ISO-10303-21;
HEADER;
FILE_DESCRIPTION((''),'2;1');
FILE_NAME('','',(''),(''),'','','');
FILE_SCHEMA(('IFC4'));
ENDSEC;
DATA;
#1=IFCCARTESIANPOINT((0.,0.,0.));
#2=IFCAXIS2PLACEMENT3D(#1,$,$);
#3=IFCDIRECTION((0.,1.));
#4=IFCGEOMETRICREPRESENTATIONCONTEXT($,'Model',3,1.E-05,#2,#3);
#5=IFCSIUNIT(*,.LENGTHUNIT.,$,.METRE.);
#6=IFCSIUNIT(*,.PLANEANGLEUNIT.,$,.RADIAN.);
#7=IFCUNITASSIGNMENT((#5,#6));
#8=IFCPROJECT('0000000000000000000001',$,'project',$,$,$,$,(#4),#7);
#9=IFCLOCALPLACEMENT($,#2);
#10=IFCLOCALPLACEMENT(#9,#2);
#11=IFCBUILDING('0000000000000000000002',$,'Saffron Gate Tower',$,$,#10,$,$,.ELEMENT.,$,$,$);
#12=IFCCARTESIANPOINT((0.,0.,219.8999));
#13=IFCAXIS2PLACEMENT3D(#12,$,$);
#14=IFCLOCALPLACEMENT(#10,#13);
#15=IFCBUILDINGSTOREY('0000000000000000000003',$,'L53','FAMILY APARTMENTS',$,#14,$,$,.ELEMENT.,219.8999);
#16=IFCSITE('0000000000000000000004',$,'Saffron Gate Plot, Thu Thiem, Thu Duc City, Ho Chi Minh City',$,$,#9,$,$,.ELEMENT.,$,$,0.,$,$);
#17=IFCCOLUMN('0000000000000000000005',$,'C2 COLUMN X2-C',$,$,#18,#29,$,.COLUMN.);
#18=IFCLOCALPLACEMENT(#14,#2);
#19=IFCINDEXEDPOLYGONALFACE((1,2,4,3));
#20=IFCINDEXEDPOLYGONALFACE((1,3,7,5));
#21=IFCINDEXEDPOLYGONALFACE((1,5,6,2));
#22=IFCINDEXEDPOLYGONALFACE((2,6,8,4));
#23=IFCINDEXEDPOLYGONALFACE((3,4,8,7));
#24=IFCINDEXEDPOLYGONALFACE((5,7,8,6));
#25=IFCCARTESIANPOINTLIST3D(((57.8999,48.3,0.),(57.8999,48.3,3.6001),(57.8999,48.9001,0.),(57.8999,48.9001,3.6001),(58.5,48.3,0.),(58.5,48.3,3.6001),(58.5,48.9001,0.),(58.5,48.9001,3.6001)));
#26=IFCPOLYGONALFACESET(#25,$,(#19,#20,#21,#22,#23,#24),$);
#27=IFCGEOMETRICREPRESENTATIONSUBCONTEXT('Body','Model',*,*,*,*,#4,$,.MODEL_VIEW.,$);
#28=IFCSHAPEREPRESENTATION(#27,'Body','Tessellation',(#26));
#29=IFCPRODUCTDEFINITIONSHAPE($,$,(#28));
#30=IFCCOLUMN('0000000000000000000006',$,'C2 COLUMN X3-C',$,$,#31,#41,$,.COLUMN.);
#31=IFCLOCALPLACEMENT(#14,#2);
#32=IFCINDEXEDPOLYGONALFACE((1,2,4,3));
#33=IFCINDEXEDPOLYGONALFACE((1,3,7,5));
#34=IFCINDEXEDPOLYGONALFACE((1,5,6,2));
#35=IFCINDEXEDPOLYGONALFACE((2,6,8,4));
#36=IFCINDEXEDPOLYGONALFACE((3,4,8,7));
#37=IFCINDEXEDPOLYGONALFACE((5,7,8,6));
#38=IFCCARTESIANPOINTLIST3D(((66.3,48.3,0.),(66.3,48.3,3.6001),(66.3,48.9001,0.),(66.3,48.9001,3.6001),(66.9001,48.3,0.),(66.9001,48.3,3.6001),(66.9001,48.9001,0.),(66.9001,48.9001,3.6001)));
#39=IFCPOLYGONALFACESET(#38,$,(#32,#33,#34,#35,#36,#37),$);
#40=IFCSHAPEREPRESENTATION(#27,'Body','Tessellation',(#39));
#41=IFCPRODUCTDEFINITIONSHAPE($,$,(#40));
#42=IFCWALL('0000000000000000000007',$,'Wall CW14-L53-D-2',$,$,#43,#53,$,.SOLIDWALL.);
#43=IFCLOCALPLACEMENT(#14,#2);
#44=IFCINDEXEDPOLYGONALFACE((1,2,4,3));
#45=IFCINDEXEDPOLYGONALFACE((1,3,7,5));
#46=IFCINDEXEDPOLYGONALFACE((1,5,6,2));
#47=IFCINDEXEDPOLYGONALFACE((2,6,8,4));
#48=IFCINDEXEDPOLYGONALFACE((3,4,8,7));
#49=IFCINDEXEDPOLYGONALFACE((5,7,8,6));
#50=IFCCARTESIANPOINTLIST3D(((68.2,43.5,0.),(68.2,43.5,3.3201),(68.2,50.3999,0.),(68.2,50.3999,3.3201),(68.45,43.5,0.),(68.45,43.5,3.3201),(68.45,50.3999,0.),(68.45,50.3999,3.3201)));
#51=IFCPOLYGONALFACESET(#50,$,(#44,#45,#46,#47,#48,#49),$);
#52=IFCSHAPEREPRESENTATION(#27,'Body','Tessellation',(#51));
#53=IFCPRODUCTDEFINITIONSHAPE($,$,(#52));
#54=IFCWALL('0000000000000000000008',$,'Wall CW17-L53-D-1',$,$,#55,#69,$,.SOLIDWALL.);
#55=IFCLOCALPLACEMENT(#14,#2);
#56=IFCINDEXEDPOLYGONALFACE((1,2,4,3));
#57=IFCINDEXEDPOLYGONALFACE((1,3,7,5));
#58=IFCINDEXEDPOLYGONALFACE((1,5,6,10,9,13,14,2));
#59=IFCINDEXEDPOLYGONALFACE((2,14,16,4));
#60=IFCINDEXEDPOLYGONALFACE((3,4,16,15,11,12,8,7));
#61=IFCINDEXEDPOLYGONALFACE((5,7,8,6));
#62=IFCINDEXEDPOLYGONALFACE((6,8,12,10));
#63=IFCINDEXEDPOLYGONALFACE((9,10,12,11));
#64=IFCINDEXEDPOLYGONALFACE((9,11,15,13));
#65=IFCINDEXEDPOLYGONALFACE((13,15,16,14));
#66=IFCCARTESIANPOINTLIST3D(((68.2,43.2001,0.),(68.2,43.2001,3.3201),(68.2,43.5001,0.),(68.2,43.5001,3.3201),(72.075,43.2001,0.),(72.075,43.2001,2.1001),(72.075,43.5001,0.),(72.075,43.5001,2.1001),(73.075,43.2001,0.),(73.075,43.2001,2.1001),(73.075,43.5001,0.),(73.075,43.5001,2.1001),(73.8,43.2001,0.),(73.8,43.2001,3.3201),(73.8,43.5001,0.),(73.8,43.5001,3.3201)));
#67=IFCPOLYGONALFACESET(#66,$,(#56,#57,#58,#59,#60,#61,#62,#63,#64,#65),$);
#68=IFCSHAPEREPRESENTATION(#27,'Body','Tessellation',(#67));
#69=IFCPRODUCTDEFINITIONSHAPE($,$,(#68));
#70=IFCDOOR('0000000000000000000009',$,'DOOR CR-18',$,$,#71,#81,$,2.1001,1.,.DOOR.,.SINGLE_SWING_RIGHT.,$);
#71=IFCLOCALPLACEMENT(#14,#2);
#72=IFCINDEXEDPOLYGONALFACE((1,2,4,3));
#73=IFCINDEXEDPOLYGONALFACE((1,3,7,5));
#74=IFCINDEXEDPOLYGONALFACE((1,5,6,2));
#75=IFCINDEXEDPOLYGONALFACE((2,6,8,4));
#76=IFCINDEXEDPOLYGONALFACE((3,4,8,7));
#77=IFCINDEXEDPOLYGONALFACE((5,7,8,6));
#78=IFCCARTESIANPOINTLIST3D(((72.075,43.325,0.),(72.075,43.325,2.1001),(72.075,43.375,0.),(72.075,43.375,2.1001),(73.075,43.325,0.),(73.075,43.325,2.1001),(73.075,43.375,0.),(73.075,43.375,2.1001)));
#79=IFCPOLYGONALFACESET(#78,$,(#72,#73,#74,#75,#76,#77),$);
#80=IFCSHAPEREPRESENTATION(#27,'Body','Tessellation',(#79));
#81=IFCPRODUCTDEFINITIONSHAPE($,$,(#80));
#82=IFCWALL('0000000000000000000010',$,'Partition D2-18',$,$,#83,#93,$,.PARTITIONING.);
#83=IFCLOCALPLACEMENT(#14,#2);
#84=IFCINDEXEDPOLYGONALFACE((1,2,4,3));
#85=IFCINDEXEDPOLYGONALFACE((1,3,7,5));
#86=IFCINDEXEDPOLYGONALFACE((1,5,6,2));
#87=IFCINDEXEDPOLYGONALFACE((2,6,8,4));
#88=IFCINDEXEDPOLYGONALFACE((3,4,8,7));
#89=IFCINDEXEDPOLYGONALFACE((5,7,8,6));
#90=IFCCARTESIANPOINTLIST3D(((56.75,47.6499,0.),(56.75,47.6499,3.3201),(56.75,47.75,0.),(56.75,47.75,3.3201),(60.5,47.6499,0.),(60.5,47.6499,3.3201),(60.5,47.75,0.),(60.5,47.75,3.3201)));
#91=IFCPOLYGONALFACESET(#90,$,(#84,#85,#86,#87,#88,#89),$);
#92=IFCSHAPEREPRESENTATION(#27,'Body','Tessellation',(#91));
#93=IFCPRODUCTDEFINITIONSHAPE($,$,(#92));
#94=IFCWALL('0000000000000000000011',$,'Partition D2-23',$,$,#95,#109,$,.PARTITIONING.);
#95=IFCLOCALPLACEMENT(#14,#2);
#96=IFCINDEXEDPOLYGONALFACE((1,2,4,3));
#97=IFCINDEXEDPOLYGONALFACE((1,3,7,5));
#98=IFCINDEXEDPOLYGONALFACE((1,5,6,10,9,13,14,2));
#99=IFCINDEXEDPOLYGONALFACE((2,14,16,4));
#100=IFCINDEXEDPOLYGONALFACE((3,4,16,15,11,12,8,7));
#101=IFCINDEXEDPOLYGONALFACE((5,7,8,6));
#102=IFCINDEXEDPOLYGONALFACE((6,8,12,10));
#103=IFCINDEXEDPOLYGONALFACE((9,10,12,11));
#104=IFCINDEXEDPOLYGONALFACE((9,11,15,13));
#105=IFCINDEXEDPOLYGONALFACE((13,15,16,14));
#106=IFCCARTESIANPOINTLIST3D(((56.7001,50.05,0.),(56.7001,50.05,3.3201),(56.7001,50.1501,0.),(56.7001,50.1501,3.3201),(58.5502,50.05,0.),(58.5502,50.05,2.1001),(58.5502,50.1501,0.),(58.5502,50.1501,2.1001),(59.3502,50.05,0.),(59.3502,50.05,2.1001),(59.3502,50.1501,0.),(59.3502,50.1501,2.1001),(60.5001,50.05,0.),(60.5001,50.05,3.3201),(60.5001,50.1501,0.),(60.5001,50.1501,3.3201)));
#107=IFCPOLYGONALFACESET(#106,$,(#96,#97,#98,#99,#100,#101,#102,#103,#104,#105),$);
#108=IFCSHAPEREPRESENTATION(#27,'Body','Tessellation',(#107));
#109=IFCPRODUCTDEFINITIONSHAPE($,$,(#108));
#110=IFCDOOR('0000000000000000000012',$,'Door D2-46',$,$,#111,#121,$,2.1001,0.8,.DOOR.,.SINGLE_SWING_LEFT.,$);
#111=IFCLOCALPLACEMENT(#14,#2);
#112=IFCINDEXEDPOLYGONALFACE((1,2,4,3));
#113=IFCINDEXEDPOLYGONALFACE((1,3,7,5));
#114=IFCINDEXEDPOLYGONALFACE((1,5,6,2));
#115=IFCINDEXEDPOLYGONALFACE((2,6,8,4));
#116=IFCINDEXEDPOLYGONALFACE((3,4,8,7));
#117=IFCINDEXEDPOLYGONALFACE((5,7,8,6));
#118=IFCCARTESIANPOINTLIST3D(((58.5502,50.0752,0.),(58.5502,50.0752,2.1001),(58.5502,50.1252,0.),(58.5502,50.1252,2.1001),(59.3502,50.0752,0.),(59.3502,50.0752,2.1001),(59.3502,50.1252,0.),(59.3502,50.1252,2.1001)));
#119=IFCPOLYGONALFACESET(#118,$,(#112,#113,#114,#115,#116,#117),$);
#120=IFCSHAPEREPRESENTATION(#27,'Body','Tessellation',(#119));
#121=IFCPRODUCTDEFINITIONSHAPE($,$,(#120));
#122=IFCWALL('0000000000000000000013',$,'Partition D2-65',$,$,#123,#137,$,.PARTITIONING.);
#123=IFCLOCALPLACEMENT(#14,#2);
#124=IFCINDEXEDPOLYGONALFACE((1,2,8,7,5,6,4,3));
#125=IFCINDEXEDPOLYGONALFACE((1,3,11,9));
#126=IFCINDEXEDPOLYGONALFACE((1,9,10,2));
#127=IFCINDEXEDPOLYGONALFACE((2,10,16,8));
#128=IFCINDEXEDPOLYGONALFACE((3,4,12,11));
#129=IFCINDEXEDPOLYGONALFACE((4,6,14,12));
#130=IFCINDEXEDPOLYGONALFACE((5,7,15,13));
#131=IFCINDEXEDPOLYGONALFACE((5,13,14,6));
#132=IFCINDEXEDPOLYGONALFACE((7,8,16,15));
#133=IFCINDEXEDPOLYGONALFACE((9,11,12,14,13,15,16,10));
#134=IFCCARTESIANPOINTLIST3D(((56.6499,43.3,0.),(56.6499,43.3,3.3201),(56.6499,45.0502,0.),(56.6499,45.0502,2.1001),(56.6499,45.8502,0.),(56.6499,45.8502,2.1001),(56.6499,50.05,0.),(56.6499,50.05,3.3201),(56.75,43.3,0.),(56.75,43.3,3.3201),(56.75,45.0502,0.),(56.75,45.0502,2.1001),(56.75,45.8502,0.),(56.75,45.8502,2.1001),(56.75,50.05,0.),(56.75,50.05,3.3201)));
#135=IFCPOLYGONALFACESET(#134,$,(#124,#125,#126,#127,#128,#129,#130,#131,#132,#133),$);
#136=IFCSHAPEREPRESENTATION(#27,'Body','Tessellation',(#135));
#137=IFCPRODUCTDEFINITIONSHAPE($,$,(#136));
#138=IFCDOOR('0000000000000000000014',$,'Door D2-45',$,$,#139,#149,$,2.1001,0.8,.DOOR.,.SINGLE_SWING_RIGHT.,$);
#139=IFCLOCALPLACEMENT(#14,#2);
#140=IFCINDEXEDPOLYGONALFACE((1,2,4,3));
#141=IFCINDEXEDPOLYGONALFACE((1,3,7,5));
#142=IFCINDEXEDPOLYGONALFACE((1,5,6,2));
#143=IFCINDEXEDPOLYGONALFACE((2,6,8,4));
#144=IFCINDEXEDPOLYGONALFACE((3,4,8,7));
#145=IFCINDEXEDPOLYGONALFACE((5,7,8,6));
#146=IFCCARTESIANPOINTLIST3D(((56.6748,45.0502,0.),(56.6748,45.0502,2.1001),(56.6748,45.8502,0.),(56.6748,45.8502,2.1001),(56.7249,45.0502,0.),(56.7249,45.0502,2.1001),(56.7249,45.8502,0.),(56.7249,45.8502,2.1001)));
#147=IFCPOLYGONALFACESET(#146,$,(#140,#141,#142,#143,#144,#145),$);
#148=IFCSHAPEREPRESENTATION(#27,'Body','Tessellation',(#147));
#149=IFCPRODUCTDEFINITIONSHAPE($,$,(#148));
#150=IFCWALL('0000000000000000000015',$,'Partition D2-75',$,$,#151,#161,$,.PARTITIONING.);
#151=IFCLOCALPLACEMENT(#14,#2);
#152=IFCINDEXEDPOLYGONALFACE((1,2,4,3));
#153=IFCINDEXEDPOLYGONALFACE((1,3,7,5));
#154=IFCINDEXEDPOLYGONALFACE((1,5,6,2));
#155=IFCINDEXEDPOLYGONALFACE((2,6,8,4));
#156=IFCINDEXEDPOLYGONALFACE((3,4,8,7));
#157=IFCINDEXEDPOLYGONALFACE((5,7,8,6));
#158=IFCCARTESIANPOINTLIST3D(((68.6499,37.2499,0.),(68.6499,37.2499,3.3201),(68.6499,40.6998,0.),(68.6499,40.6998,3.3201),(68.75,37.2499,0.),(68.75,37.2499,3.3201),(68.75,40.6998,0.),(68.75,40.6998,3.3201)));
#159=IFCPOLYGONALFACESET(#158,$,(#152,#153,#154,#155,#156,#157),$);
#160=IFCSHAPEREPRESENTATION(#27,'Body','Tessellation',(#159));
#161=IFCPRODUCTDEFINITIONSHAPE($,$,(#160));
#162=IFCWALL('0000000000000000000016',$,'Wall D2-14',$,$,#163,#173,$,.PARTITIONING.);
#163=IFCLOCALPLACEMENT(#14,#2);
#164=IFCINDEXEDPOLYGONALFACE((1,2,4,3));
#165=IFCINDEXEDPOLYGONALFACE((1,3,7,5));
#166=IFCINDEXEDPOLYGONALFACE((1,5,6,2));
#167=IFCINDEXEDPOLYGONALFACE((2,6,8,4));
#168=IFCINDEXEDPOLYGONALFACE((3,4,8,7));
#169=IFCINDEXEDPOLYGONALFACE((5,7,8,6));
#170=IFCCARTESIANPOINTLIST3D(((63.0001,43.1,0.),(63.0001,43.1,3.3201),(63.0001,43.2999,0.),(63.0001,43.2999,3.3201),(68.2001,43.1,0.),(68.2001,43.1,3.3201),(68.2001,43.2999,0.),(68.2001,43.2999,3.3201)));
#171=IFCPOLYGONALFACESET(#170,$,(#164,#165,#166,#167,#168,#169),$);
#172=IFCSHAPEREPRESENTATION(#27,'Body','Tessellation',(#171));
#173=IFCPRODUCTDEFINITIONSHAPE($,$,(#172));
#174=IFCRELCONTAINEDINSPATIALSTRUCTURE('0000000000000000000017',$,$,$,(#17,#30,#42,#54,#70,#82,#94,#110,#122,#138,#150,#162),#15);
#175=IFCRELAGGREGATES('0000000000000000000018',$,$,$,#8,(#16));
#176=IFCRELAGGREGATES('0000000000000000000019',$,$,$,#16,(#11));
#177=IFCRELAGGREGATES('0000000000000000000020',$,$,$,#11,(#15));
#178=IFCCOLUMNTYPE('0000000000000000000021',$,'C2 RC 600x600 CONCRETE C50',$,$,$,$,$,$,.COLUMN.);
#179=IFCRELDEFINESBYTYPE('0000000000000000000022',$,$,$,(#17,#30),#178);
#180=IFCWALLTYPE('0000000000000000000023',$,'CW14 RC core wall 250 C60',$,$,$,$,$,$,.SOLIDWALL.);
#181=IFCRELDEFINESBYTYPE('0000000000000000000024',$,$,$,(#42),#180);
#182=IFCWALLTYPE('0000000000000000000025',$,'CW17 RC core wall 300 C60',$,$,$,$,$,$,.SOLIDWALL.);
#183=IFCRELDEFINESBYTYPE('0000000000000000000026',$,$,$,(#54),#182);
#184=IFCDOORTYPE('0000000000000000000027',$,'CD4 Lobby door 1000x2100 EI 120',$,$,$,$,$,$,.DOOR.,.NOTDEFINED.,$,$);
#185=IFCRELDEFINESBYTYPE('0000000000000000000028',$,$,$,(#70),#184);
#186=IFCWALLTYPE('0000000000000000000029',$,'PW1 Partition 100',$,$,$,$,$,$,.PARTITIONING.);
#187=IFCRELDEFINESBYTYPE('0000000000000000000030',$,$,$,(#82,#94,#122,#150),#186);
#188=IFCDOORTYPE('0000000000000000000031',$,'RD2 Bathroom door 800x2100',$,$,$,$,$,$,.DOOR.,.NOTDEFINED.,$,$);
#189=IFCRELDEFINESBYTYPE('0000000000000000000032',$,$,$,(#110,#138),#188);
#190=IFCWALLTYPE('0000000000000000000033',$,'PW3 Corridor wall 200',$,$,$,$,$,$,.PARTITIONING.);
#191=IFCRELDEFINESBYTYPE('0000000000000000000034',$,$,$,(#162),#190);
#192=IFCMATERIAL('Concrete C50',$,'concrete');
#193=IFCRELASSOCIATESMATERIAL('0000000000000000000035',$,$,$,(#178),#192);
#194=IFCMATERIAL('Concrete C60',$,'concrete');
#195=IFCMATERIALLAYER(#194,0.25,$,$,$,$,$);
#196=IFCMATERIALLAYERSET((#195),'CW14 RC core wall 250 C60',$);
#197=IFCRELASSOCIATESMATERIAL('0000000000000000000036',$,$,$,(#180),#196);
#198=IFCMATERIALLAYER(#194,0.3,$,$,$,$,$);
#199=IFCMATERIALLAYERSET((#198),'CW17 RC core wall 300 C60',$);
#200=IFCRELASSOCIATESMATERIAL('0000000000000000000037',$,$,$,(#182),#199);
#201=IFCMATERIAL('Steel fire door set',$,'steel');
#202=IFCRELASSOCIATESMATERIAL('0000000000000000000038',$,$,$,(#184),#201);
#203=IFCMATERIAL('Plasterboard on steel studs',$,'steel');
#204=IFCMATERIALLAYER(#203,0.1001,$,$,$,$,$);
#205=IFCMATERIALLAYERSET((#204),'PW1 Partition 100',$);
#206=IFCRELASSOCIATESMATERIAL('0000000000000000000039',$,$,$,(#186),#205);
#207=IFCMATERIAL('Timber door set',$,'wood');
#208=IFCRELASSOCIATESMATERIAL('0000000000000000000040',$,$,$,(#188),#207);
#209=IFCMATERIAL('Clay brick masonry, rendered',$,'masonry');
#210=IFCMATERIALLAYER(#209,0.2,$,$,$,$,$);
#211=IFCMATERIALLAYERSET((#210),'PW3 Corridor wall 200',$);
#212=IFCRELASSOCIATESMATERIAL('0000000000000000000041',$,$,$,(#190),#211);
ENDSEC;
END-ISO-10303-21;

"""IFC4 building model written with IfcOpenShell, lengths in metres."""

from ifc_helpers import new_model, si_unit, direction, frame, frame_2d, origin, origin_2d, place, context, subcontext, project, spatial, rectangle, extrude, material, layer, layer_set, material_profile, profile_set, type_object, element, fill, save


model = new_model("IFC4")

# Units and contexts
model_context = context("Model", 3, precision=1e-05, world=origin(), true_north=direction((0.0, 1.0)))
body_context = subcontext(model_context, "Body", "Model", "MODEL_VIEW")
ifc_project = project(units=[si_unit("LENGTHUNIT", "METRE"), si_unit("PLANEANGLEUNIT", "RADIAN")], contexts=[model_context])

# Site, building, storey
site_placement = place(None, origin())
site = spatial("IfcSite", under=ifc_project, at=site_placement, Name="Saffron Gate Plot, Thu Thiem, Thu Duc City, Ho Chi Minh City", CompositionType="ELEMENT", RefElevation=0.0)
building_placement = place(site_placement, origin())
building = spatial("IfcBuilding", under=site, at=building_placement, Name="Saffron Gate Tower", CompositionType="ELEMENT")
storey_placement = place(building_placement, frame((0.0, 0.0, 219.8999)))
storey = spatial("IfcBuildingStorey", under=building, at=storey_placement, Name="L53", Description="FAMILY APARTMENTS", CompositionType="ELEMENT", Elevation=219.8999)

# Columns
ifc_material_1 = material(Name="Concrete C50", Category="concrete")
ifc_material_profile = material_profile(ifc_material_1, rectangle(XDim=0.6001, YDim=0.6001, at=origin_2d()))
ifc_profile_set = profile_set([ifc_material_profile], Name="Concrete C50")
column_type = type_object("IfcColumnType", Name="C2 RC 600x600 CONCRETE C50", PredefinedType="COLUMN", material=ifc_profile_set)
for number, where, z_axis, x_axis, name in (
    (1, (58.2, 48.6001, 0.0), (0.0, 0.0, 1.0), (1.0, 0.0, 0.0), "C2 COLUMN X2-C"),
    (2, (66.6001, 48.6001, 0.0), (0.0, 0.0, 1.0), (1.0, 0.0, 0.0), "C2 COLUMN X3-C"),
):
    element("IfcColumn", number, at=place(storey_placement, frame(where, z_axis=z_axis, x_axis=x_axis)), inside=storey, type_object=column_type, Name=name, PredefinedType="COLUMN", context=body_context, shape_type="SweptSolid", body=[
        extrude(rectangle(XDim=0.6001, YDim=0.6001, at=origin_2d()), origin(), (0.0, 0.0, 1.0), 3.6001),
    ])

# Wall
ifc_material_2 = material(Name="Concrete C60", Category="concrete")
ifc_layer_1 = layer(ifc_material_2, 0.25)
ifc_layer_set_1 = layer_set([ifc_layer_1], Name="CW14 RC core wall 250 C60")
wall_type_1 = type_object("IfcWallType", Name="CW14 RC core wall 250 C60", PredefinedType="SOLIDWALL", material=ifc_layer_set_1)
wall_1_placement = place(storey_placement, frame((68.325, 43.5, 0.0), z_axis=(0.0, 0.0, 1.0), x_axis=(0.0, 1.0, 0.0)))
element("IfcWall", 3, at=wall_1_placement, inside=storey, type_object=wall_type_1, Name="Wall CW14-L53-D-2", PredefinedType="SOLIDWALL", context=body_context, shape_type="SweptSolid", body=[
    extrude(rectangle(XDim=6.8999, YDim=0.25, at=frame_2d((3.45, 0.0))), origin(), (0.0, 0.0, 1.0), 3.3201),
])

# Wall, opening, door
ifc_layer_2 = layer(ifc_material_2, 0.3)
ifc_layer_set_2 = layer_set([ifc_layer_2], Name="CW17 RC core wall 300 C60")
wall_type_2 = type_object("IfcWallType", Name="CW17 RC core wall 300 C60", PredefinedType="SOLIDWALL", material=ifc_layer_set_2)
wall_2_placement = place(storey_placement, frame((68.2, 43.3501, 0.0), z_axis=(0.0, 0.0, 1.0), x_axis=(1.0, 0.0, 0.0)))
wall_2 = element("IfcWall", 4, at=wall_2_placement, inside=storey, type_object=wall_type_2, Name="Wall CW17-L53-D-1", PredefinedType="SOLIDWALL", context=body_context, shape_type="SweptSolid", body=[
    extrude(rectangle(XDim=5.6001, YDim=0.3, at=frame_2d((2.8, 0.0))), origin(), (0.0, 0.0, 1.0), 3.3201),
])
opening_1_placement = place(wall_2_placement, frame((3.875, 0.0, 0.0)))
opening_1 = element("IfcOpeningElement", 5, at=opening_1_placement, cuts=wall_2, PredefinedType="OPENING", context=body_context, shape_type="SweptSolid", body=[
    extrude(rectangle(XDim=1.0, YDim=2.1001, at=frame_2d((0.5, 1.05))), frame((0.0, 0.1602, 0.0), z_axis=(0.0, -1.0, 0.0), x_axis=(1.0, 0.0, 0.0)), (0.0, 0.0, 1.0), 0.3201),
])
ifc_material_3 = material(Name="Steel fire door set", Category="steel")
door_type_1 = type_object("IfcDoorType", Name="CD4 Lobby door 1000x2100 EI 120", OperationType="NOTDEFINED", PredefinedType="DOOR", material=ifc_material_3)
door_1_placement = place(opening_1_placement, origin())
door_1 = element("IfcDoor", 6, at=door_1_placement, inside=storey, type_object=door_type_1, Name="DOOR CR-18", OperationType="SINGLE_SWING_RIGHT", OverallHeight=2.1001, OverallWidth=1.0, PredefinedType="DOOR", context=body_context, shape_type="SweptSolid", body=[
    extrude(rectangle(XDim=1.0, YDim=2.1001, at=frame_2d((0.5, 1.05))), frame((0.0, 0.0249, 0.0), z_axis=(0.0, -1.0, 0.0), x_axis=(1.0, 0.0, 0.0)), (0.0, 0.0, 1.0), 0.05),
])
fill(opening_1, door_1)

# Wall
ifc_material_4 = material(Name="Plasterboard on steel studs", Category="steel")
ifc_layer_3 = layer(ifc_material_4, 0.1001)
ifc_layer_set_3 = layer_set([ifc_layer_3], Name="PW1 Partition 100")
wall_type_3 = type_object("IfcWallType", Name="PW1 Partition 100", PredefinedType="PARTITIONING", material=ifc_layer_set_3)
wall_3_placement = place(storey_placement, frame((56.75, 47.7, 0.0), z_axis=(0.0, 0.0, 1.0), x_axis=(1.0, 0.0, 0.0)))
element("IfcWall", 7, at=wall_3_placement, inside=storey, type_object=wall_type_3, Name="Partition D2-18", PredefinedType="PARTITIONING", context=body_context, shape_type="SweptSolid", body=[
    extrude(rectangle(XDim=3.75, YDim=0.1001, at=frame_2d((1.875, 0.0))), origin(), (0.0, 0.0, 1.0), 3.3201),
])

# Walls, openings, doors
wall_4_placement = place(storey_placement, frame((60.5, 50.1001, 0.0), z_axis=(0.0, 0.0, 1.0), x_axis=(-1.0, 0.0, 0.0)))
wall_4 = element("IfcWall", 8, at=wall_4_placement, inside=storey, type_object=wall_type_3, Name="Partition D2-23", PredefinedType="PARTITIONING", context=body_context, shape_type="SweptSolid", body=[
    extrude(rectangle(XDim=3.8, YDim=0.1001, at=frame_2d((1.8999, 0.0))), origin(), (0.0, 0.0, 1.0), 3.3201),
])
opening_2_placement = place(wall_4_placement, frame((1.1499, 0.0, 0.0)))
opening_2 = element("IfcOpeningElement", 9, at=opening_2_placement, cuts=wall_4, PredefinedType="OPENING", context=body_context, shape_type="SweptSolid", body=[
    extrude(rectangle(XDim=0.8, YDim=2.1001, at=frame_2d((0.3999, 1.05))), frame((0.0, 0.0601, 0.0), z_axis=(0.0, -1.0, 0.0), x_axis=(1.0, 0.0, 0.0)), (0.0, 0.0, 1.0), 0.1201),
])
ifc_material_5 = material(Name="Timber door set", Category="wood")
door_type_2 = type_object("IfcDoorType", Name="RD2 Bathroom door 800x2100", OperationType="NOTDEFINED", PredefinedType="DOOR", material=ifc_material_5)
door_2_placement = place(opening_2_placement, origin())
door_2 = element("IfcDoor", 10, at=door_2_placement, inside=storey, type_object=door_type_2, Name="Door D2-46", OperationType="SINGLE_SWING_LEFT", OverallHeight=2.1001, OverallWidth=0.8, PredefinedType="DOOR", context=body_context, shape_type="SweptSolid", body=[
    extrude(rectangle(XDim=0.8, YDim=2.1001, at=frame_2d((0.3999, 1.05))), frame((0.0, 0.0249, 0.0), z_axis=(0.0, -1.0, 0.0), x_axis=(1.0, 0.0, 0.0)), (0.0, 0.0, 1.0), 0.05),
])
fill(opening_2, door_2)
wall_5_placement = place(storey_placement, frame((56.7, 50.05, 0.0), z_axis=(0.0, 0.0, 1.0), x_axis=(0.0, -1.0, 0.0)))
wall_5 = element("IfcWall", 11, at=wall_5_placement, inside=storey, type_object=wall_type_3, Name="Partition D2-65", PredefinedType="PARTITIONING", context=body_context, shape_type="SweptSolid", body=[
    extrude(rectangle(XDim=6.75, YDim=0.1001, at=frame_2d((3.375, 0.0))), origin(), (0.0, 0.0, 1.0), 3.3201),
])
opening_3_placement = place(wall_5_placement, frame((4.2, 0.0, 0.0)))
opening_3 = element("IfcOpeningElement", 12, at=opening_3_placement, cuts=wall_5, PredefinedType="OPENING", context=body_context, shape_type="SweptSolid", body=[
    extrude(rectangle(XDim=0.8, YDim=2.1001, at=frame_2d((0.3999, 1.05))), frame((0.0, 0.0601, 0.0), z_axis=(0.0, -1.0, 0.0), x_axis=(1.0, 0.0, 0.0)), (0.0, 0.0, 1.0), 0.1201),
])
door_3_placement = place(opening_3_placement, origin())
door_3 = element("IfcDoor", 13, at=door_3_placement, inside=storey, type_object=door_type_2, Name="Door D2-45", OperationType="SINGLE_SWING_RIGHT", OverallHeight=2.1001, OverallWidth=0.8, PredefinedType="DOOR", context=body_context, shape_type="SweptSolid", body=[
    extrude(rectangle(XDim=0.8, YDim=2.1001, at=frame_2d((0.3999, 1.05))), frame((0.0, 0.0249, 0.0), z_axis=(0.0, -1.0, 0.0), x_axis=(1.0, 0.0, 0.0)), (0.0, 0.0, 1.0), 0.05),
])
fill(opening_3, door_3)

# Walls
wall_6_placement = place(storey_placement, frame((68.7, 40.7, 0.0), z_axis=(0.0, 0.0, 1.0), x_axis=(0.0, -1.0, 0.0)))
element("IfcWall", 14, at=wall_6_placement, inside=storey, type_object=wall_type_3, Name="Partition D2-75", PredefinedType="PARTITIONING", context=body_context, shape_type="SweptSolid", body=[
    extrude(rectangle(XDim=3.45, YDim=0.1001, at=frame_2d((1.7251, 0.0))), origin(), (0.0, 0.0, 1.0), 3.3201),
])
ifc_material_6 = material(Name="Clay brick masonry, rendered", Category="masonry")
ifc_layer_4 = layer(ifc_material_6, 0.2)
ifc_layer_set_4 = layer_set([ifc_layer_4], Name="PW3 Corridor wall 200")
wall_type_4 = type_object("IfcWallType", Name="PW3 Corridor wall 200", PredefinedType="PARTITIONING", material=ifc_layer_set_4)
wall_7_placement = place(storey_placement, frame((63.0, 43.2, 0.0), z_axis=(0.0, 0.0, 1.0), x_axis=(1.0, 0.0, 0.0)))
element("IfcWall", 15, at=wall_7_placement, inside=storey, type_object=wall_type_4, Name="Wall D2-14", PredefinedType="PARTITIONING", context=body_context, shape_type="SweptSolid", body=[
    extrude(rectangle(XDim=5.2, YDim=0.2, at=frame_2d((2.6001, 0.0))), origin(), (0.0, 0.0, 1.0), 3.3201),
])

save(model, "model.ifc")
